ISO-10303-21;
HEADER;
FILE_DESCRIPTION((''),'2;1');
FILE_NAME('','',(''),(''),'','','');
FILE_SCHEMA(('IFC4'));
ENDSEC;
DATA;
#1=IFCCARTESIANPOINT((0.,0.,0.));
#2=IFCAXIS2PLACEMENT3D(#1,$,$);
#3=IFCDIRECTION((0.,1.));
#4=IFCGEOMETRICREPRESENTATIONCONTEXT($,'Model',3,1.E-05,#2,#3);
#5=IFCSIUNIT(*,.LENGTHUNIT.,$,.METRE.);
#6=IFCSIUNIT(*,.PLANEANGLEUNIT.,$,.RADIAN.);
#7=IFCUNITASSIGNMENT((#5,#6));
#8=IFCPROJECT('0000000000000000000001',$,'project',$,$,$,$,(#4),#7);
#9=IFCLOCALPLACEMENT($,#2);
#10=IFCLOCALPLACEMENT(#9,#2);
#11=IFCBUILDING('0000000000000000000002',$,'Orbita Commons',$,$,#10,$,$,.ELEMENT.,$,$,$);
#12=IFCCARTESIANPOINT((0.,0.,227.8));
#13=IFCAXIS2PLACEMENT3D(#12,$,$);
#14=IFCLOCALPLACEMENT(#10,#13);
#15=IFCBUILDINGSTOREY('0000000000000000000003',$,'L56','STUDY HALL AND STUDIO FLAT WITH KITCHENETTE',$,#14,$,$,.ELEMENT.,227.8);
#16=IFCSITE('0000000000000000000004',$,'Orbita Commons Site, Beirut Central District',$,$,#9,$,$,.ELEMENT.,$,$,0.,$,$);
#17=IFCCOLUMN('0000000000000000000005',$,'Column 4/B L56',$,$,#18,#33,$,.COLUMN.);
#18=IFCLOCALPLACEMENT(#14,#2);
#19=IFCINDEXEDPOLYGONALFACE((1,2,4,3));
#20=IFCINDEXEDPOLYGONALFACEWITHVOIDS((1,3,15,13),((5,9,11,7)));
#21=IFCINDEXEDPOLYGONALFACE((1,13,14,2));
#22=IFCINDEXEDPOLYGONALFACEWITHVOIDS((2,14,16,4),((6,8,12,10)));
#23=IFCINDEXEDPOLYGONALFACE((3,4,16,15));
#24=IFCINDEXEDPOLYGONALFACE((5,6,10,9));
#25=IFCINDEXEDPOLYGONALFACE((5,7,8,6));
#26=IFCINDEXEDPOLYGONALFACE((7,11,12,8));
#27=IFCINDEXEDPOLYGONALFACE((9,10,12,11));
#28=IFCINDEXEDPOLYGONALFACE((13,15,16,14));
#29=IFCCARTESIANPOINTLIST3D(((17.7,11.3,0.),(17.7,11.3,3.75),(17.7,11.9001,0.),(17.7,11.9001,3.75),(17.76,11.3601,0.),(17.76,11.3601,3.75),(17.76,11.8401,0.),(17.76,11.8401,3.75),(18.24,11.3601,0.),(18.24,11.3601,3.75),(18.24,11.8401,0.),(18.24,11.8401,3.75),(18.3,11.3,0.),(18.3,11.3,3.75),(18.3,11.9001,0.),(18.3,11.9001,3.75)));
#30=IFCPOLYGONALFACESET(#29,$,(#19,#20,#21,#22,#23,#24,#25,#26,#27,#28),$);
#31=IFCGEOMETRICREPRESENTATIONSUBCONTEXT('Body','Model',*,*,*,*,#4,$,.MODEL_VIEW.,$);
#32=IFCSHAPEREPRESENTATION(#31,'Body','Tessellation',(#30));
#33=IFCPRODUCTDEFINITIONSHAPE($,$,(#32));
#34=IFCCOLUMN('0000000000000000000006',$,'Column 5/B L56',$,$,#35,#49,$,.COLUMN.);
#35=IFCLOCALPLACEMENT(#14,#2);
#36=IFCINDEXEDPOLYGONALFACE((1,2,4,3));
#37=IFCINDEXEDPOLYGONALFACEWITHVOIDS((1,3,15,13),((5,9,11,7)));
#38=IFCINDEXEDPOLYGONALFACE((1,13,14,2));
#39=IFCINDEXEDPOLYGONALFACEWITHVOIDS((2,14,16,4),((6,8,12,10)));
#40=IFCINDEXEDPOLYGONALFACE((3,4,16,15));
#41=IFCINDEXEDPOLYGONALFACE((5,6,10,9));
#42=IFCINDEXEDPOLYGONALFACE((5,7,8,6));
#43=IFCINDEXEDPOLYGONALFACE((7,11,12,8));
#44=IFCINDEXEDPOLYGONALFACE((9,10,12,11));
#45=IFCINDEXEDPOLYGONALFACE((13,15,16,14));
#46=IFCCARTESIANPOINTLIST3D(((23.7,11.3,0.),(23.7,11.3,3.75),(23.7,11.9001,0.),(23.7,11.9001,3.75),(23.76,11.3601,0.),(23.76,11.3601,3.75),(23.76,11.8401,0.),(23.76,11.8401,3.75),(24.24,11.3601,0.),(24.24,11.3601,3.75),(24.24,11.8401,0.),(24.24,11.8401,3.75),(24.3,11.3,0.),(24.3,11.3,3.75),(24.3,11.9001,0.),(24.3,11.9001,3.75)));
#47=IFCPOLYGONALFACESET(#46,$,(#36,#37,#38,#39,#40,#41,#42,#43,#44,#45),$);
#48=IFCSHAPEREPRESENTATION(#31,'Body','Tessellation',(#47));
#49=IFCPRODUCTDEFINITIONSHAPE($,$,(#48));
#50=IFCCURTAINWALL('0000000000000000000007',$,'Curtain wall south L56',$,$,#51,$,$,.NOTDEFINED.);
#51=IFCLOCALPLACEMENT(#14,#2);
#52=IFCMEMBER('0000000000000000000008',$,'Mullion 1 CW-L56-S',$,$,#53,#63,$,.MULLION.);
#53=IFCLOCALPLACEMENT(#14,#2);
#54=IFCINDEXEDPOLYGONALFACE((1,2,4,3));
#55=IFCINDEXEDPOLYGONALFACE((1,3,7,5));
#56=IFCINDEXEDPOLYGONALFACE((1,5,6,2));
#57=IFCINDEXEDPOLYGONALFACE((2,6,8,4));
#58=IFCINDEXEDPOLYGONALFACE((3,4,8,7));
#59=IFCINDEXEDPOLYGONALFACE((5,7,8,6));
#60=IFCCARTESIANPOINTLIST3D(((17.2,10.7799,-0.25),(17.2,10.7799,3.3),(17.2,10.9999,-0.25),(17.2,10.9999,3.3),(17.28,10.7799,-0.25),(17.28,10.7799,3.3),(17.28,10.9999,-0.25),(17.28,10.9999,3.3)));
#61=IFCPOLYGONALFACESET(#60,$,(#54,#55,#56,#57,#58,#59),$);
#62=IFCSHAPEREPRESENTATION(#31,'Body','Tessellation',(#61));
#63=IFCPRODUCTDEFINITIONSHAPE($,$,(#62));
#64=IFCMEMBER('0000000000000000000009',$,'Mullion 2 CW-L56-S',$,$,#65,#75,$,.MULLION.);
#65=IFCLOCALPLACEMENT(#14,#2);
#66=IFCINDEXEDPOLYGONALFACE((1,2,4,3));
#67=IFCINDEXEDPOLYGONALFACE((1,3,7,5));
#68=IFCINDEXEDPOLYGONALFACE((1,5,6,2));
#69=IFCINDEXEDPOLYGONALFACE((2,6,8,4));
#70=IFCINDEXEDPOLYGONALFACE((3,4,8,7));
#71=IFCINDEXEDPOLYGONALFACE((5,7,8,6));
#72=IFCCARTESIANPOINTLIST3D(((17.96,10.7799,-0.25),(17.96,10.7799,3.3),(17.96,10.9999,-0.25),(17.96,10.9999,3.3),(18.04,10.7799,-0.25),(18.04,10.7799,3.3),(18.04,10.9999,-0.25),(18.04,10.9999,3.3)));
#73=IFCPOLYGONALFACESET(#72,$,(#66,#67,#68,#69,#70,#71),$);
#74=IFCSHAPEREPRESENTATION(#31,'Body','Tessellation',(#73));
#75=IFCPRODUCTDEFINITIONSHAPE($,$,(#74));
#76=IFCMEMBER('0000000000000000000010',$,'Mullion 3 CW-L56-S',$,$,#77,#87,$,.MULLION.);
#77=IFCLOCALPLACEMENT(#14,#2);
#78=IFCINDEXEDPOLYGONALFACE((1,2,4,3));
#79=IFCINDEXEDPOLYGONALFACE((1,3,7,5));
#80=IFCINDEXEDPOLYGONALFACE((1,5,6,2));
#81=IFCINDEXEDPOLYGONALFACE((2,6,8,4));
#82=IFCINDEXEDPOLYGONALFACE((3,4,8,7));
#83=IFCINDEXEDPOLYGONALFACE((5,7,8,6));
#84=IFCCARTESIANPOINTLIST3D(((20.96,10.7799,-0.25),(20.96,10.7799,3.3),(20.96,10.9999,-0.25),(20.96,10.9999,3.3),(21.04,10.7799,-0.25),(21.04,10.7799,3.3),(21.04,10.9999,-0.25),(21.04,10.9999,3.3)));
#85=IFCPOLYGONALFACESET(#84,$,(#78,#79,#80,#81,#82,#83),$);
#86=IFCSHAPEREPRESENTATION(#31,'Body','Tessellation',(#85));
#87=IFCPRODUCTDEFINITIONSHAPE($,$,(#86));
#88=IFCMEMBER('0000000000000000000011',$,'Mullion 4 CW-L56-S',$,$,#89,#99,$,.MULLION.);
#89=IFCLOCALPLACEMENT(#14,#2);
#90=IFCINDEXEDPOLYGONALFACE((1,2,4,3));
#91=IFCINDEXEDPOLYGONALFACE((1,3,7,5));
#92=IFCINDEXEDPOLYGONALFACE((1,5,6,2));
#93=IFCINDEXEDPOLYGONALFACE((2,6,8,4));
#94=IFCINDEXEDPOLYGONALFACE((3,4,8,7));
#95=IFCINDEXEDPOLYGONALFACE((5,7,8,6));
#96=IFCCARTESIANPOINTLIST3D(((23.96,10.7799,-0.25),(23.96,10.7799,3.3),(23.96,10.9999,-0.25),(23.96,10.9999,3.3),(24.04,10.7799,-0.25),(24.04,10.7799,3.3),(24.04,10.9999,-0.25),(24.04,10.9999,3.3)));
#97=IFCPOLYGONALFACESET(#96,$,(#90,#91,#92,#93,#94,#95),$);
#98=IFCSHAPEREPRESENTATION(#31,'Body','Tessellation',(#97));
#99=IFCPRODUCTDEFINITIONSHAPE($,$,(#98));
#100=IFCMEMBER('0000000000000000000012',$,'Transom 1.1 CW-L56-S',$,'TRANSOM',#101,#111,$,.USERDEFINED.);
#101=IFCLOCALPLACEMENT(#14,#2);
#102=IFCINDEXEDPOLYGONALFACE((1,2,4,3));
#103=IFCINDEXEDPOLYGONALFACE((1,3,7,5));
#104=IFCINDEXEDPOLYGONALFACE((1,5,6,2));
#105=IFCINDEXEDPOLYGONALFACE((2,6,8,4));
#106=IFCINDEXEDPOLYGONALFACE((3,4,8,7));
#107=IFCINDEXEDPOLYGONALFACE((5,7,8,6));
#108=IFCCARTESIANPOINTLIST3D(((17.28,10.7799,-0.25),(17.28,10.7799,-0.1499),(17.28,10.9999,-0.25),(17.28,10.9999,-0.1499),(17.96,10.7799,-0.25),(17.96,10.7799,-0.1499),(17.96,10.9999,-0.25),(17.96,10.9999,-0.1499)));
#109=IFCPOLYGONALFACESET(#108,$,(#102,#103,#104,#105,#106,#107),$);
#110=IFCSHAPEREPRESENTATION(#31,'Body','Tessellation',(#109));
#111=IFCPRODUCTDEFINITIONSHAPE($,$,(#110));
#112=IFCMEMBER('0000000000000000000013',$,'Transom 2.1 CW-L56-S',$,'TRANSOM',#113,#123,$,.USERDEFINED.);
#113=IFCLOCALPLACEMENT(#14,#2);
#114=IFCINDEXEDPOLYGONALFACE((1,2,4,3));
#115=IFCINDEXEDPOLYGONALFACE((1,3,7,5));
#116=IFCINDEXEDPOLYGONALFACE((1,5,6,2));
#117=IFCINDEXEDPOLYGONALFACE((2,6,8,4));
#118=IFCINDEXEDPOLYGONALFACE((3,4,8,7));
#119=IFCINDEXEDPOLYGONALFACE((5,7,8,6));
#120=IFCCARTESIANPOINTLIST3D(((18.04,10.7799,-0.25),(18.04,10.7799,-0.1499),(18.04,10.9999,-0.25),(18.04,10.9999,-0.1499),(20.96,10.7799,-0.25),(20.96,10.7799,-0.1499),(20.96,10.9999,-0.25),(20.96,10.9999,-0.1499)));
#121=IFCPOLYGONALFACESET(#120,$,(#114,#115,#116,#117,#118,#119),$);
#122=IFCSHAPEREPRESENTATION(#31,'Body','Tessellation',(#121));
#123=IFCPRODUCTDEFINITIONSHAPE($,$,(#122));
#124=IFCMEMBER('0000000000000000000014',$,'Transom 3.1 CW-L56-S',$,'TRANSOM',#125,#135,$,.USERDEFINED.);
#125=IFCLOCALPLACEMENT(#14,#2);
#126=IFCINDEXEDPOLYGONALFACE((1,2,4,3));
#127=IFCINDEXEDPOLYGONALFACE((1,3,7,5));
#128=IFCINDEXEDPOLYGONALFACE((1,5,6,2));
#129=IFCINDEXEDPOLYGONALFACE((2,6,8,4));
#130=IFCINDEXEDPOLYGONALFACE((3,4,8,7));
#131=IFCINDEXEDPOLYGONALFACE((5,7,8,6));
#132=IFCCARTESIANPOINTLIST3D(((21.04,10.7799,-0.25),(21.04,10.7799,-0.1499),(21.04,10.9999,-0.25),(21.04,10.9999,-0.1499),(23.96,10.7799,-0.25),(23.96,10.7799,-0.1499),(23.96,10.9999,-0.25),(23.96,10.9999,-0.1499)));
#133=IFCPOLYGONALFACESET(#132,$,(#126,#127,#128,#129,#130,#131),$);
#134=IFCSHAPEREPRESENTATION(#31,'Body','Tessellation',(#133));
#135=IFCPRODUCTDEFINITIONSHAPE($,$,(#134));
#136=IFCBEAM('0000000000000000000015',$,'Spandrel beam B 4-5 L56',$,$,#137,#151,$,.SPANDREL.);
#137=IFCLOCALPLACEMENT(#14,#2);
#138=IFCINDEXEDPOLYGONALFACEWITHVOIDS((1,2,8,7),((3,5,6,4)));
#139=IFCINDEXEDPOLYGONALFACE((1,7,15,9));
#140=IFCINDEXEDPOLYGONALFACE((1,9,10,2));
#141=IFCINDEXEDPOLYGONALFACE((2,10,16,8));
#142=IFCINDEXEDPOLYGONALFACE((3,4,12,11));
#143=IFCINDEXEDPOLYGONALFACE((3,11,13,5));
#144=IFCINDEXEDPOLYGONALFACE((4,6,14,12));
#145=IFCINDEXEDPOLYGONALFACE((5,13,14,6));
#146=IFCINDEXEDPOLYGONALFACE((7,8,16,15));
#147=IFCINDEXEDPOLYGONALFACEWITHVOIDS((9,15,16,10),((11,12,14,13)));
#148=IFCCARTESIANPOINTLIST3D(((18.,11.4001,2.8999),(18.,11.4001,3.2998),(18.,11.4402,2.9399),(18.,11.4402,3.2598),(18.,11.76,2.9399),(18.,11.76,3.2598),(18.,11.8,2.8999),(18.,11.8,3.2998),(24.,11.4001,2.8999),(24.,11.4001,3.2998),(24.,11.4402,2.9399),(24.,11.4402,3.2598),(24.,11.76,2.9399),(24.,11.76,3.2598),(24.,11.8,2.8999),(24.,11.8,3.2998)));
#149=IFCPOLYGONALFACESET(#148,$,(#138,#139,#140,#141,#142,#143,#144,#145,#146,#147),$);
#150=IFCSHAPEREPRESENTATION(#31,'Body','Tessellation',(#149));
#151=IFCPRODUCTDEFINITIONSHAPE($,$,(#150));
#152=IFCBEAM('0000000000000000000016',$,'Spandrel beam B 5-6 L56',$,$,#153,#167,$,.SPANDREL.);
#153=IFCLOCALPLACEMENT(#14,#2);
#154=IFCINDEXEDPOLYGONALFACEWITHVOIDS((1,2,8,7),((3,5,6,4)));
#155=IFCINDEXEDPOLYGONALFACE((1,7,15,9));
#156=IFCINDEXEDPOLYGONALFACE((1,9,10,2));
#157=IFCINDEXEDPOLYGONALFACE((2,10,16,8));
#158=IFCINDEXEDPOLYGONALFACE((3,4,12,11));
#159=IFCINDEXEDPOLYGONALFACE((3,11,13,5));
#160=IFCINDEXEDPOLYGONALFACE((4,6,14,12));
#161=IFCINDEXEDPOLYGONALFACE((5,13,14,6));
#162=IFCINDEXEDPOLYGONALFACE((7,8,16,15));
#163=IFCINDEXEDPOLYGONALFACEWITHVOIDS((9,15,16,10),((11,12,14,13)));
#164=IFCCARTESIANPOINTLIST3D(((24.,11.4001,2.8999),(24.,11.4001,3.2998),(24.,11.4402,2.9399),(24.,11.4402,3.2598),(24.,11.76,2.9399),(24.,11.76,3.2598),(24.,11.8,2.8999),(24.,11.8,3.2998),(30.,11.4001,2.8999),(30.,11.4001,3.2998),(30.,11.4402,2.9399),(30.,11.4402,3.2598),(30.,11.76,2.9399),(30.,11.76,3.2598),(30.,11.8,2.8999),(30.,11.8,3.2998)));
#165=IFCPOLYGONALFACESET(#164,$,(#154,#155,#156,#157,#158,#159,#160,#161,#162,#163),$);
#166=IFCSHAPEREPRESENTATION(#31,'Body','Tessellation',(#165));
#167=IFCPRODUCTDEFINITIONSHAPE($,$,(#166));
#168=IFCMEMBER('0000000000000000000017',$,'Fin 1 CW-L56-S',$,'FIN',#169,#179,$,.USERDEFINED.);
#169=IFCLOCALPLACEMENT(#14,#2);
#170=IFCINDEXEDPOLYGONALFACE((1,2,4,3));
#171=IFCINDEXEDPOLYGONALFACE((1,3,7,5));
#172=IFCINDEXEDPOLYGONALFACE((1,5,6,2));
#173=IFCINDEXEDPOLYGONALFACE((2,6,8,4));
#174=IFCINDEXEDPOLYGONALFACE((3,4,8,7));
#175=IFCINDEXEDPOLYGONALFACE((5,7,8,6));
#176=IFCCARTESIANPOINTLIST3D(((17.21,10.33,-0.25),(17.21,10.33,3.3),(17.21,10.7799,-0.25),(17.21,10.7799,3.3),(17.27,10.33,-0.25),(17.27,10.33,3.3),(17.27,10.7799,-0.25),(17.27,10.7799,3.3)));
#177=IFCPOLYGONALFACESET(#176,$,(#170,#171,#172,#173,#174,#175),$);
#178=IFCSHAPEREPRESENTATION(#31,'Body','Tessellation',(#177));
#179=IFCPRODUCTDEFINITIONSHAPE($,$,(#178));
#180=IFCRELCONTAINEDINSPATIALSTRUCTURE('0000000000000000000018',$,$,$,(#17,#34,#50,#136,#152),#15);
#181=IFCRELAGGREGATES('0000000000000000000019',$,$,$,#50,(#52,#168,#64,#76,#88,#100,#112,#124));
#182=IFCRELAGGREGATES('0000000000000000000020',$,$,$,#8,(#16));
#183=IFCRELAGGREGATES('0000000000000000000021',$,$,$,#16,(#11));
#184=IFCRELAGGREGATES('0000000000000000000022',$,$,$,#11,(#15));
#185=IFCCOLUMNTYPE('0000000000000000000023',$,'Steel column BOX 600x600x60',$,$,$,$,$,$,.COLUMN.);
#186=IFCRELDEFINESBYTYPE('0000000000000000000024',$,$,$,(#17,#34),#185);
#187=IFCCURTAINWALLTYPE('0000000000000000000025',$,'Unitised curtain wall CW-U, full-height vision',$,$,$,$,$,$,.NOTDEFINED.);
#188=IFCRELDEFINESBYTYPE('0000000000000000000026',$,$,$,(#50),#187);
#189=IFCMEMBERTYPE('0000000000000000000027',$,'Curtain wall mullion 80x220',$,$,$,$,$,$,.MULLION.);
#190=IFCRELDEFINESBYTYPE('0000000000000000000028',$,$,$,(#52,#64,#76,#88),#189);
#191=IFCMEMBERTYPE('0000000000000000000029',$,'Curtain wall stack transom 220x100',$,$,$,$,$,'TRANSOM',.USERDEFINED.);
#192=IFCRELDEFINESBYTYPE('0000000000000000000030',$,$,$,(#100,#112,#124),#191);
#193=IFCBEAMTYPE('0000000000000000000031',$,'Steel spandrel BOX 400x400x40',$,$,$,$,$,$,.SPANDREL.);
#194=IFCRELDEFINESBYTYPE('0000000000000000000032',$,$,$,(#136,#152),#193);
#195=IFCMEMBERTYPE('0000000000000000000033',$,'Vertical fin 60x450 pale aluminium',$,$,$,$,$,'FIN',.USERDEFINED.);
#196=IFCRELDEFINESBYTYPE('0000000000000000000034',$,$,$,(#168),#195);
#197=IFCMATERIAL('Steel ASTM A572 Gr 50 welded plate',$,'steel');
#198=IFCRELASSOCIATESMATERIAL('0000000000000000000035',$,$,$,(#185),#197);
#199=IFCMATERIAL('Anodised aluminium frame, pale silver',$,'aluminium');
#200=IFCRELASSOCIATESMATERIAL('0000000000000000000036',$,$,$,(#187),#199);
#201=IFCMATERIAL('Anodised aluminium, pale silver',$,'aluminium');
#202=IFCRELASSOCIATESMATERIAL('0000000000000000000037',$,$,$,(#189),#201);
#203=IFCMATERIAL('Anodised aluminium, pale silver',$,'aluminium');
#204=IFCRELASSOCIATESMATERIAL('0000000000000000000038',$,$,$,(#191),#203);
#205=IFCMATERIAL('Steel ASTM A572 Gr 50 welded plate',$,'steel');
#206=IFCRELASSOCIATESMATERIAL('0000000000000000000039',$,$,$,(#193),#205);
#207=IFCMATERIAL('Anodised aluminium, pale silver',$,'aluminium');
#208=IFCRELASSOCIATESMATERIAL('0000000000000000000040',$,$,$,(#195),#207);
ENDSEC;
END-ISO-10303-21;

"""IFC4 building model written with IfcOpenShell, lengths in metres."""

from ifc_helpers import new_model, si_unit, direction, frame, origin, origin_2d, place, context, subcontext, project, spatial, rectangle, hollow_rectangle, extrude, material, material_profile, profile_set, type_object, element, aggregate, save


model = new_model("IFC4")

# Units and contexts
model_context = context("Model", 3, precision=1e-05, world=origin(), true_north=direction((0.0, 1.0)))
body_context = subcontext(model_context, "Body", "Model", "MODEL_VIEW")
ifc_project = project(units=[si_unit("LENGTHUNIT", "METRE"), si_unit("PLANEANGLEUNIT", "RADIAN")], contexts=[model_context])

# Site, building, storey
site_placement = place(None, origin())
site = spatial("IfcSite", under=ifc_project, at=site_placement, Name="Orbita Commons Site, Beirut Central District", CompositionType="ELEMENT", RefElevation=0.0)
building_placement = place(site_placement, origin())
building = spatial("IfcBuilding", under=site, at=building_placement, Name="Orbita Commons", CompositionType="ELEMENT")
storey_placement = place(building_placement, frame((0.0, 0.0, 227.8)))
storey = spatial("IfcBuildingStorey", under=building, at=storey_placement, Name="L56", Description="STUDY HALL AND STUDIO FLAT WITH KITCHENETTE", CompositionType="ELEMENT", Elevation=227.8)

# Columns
ifc_material_1 = material(Name="Steel ASTM A572 Gr 50 welded plate", Category="steel")
ifc_material_profile_1 = material_profile(ifc_material_1, hollow_rectangle(XDim=0.6001, YDim=0.6001, WallThickness=0.0601, at=origin_2d()), Name="BOX 600x600x60")
ifc_profile_set_1 = profile_set([ifc_material_profile_1], Name="Steel ASTM A572 Gr 50 welded plate")
column_type = type_object("IfcColumnType", Name="Steel column BOX 600x600x60", PredefinedType="COLUMN", material=ifc_profile_set_1)
for number, where, z_axis, x_axis, name in (
    (1, (18.0, 11.6001, 0.0), (0.0, 0.0, 1.0), (1.0, 0.0, 0.0), "Column 4/B L56"),
    (2, (24.0, 11.6001, 0.0), (0.0, 0.0, 1.0), (1.0, 0.0, 0.0), "Column 5/B L56"),
):
    element("IfcColumn", number, at=place(storey_placement, frame(where, z_axis=z_axis, x_axis=x_axis)), inside=storey, type_object=column_type, Name=name, PredefinedType="COLUMN", context=body_context, shape_type="SweptSolid", body=[
        extrude(hollow_rectangle(XDim=0.6001, YDim=0.6001, WallThickness=0.0601, at=origin_2d()), origin(), (0.0, 0.0, 1.0), 3.75),
    ])

# Curtain wall, members
ifc_material_2 = material(Name="Anodised aluminium frame, pale silver", Category="aluminium")
curtain_wall_type = type_object("IfcCurtainWallType", Name="Unitised curtain wall CW-U, full-height vision", PredefinedType="NOTDEFINED", material=ifc_material_2)
curtain_wall_placement = place(storey_placement, origin())
curtain_wall = element("IfcCurtainWall", 3, at=curtain_wall_placement, inside=storey, type_object=curtain_wall_type, Name="Curtain wall south L56", PredefinedType="NOTDEFINED")
ifc_material_3 = material(Name="Anodised aluminium, pale silver", Category="aluminium")
ifc_material_profile_2 = material_profile(ifc_material_3, rectangle(XDim=0.0801, YDim=0.22, at=origin_2d()), Name="AL 80x220")
ifc_profile_set_2 = profile_set([ifc_material_profile_2], Name="Anodised aluminium, pale silver")
member_type_1 = type_object("IfcMemberType", Name="Curtain wall mullion 80x220", PredefinedType="MULLION", material=ifc_profile_set_2)
member_1_placement = place(storey_placement, frame((17.24, 10.8899, -0.25), z_axis=(0.0, 0.0, 1.0), x_axis=(1.0, 0.0, 0.0)))
member_1 = element("IfcMember", 4, at=member_1_placement, type_object=member_type_1, Name="Mullion 1 CW-L56-S", PredefinedType="MULLION", context=body_context, shape_type="SweptSolid", body=[
    extrude(rectangle(XDim=0.0801, YDim=0.22, at=origin_2d()), origin(), (0.0, 0.0, 1.0), 3.55),
])
member_2_placement = place(storey_placement, frame((18.0, 10.8899, -0.25), z_axis=(0.0, 0.0, 1.0), x_axis=(1.0, 0.0, 0.0)))
member_2 = element("IfcMember", 5, at=member_2_placement, type_object=member_type_1, Name="Mullion 2 CW-L56-S", PredefinedType="MULLION", context=body_context, shape_type="SweptSolid", body=[
    extrude(rectangle(XDim=0.0801, YDim=0.22, at=origin_2d()), origin(), (0.0, 0.0, 1.0), 3.55),
])
member_3_placement = place(storey_placement, frame((21.0, 10.8899, -0.25), z_axis=(0.0, 0.0, 1.0), x_axis=(1.0, 0.0, 0.0)))
member_3 = element("IfcMember", 6, at=member_3_placement, type_object=member_type_1, Name="Mullion 3 CW-L56-S", PredefinedType="MULLION", context=body_context, shape_type="SweptSolid", body=[
    extrude(rectangle(XDim=0.0801, YDim=0.22, at=origin_2d()), origin(), (0.0, 0.0, 1.0), 3.55),
])
member_4_placement = place(storey_placement, frame((24.0, 10.8899, -0.25), z_axis=(0.0, 0.0, 1.0), x_axis=(1.0, 0.0, 0.0)))
member_4 = element("IfcMember", 7, at=member_4_placement, type_object=member_type_1, Name="Mullion 4 CW-L56-S", PredefinedType="MULLION", context=body_context, shape_type="SweptSolid", body=[
    extrude(rectangle(XDim=0.0801, YDim=0.22, at=origin_2d()), origin(), (0.0, 0.0, 1.0), 3.55),
])
ifc_material_4 = material(Name="Anodised aluminium, pale silver", Category="aluminium")
ifc_material_profile_3 = material_profile(ifc_material_4, rectangle(XDim=0.22, YDim=0.1001, at=origin_2d()), Name="AL 220x100")
ifc_profile_set_3 = profile_set([ifc_material_profile_3], Name="Anodised aluminium, pale silver")
member_type_2 = type_object("IfcMemberType", Name="Curtain wall stack transom 220x100", ElementType="TRANSOM", PredefinedType="USERDEFINED", material=ifc_profile_set_3)
member_5_placement = place(storey_placement, frame((17.28, 10.8899, -0.2), z_axis=(1.0, 0.0, 0.0), x_axis=(0.0, 1.0, 0.0)))
member_5 = element("IfcMember", 8, at=member_5_placement, type_object=member_type_2, Name="Transom 1.1 CW-L56-S", ObjectType="TRANSOM", PredefinedType="USERDEFINED", context=body_context, shape_type="SweptSolid", body=[
    extrude(rectangle(XDim=0.22, YDim=0.1001, at=origin_2d()), origin(), (0.0, 0.0, 1.0), 0.6799),
])
member_6_placement = place(storey_placement, frame((18.04, 10.8899, -0.2), z_axis=(1.0, 0.0, 0.0), x_axis=(0.0, 1.0, 0.0)))
member_6 = element("IfcMember", 9, at=member_6_placement, type_object=member_type_2, Name="Transom 2.1 CW-L56-S", ObjectType="TRANSOM", PredefinedType="USERDEFINED", context=body_context, shape_type="SweptSolid", body=[
    extrude(rectangle(XDim=0.22, YDim=0.1001, at=origin_2d()), origin(), (0.0, 0.0, 1.0), 2.9199),
])
member_7_placement = place(storey_placement, frame((21.04, 10.8899, -0.2), z_axis=(1.0, 0.0, 0.0), x_axis=(0.0, 1.0, 0.0)))
member_7 = element("IfcMember", 10, at=member_7_placement, type_object=member_type_2, Name="Transom 3.1 CW-L56-S", ObjectType="TRANSOM", PredefinedType="USERDEFINED", context=body_context, shape_type="SweptSolid", body=[
    extrude(rectangle(XDim=0.22, YDim=0.1001, at=origin_2d()), origin(), (0.0, 0.0, 1.0), 2.9199),
])

# Beams
ifc_material_5 = material(Name="Steel ASTM A572 Gr 50 welded plate", Category="steel")
ifc_material_profile_4 = material_profile(ifc_material_5, hollow_rectangle(XDim=0.3999, YDim=0.3999, WallThickness=0.04, at=origin_2d()), Name="BOX 400x400x40")
ifc_profile_set_4 = profile_set([ifc_material_profile_4], Name="Steel ASTM A572 Gr 50 welded plate")
beam_type = type_object("IfcBeamType", Name="Steel spandrel BOX 400x400x40", PredefinedType="SPANDREL", material=ifc_profile_set_4)
for number, where, z_axis, x_axis, name in (
    (11, (18.0, 11.6001, 3.0999), (1.0, 0.0, 0.0), (0.0, 1.0, 0.0), "Spandrel beam B 4-5 L56"),
    (12, (24.0, 11.6001, 3.0999), (1.0, 0.0, 0.0), (0.0, 1.0, 0.0), "Spandrel beam B 5-6 L56"),
):
    element("IfcBeam", number, at=place(storey_placement, frame(where, z_axis=z_axis, x_axis=x_axis)), inside=storey, type_object=beam_type, Name=name, PredefinedType="SPANDREL", context=body_context, shape_type="SweptSolid", body=[
        extrude(hollow_rectangle(XDim=0.3999, YDim=0.3999, WallThickness=0.04, at=origin_2d()), origin(), (0.0, 0.0, 1.0), 6.0),
    ])

# Member
ifc_material_6 = material(Name="Anodised aluminium, pale silver", Category="aluminium")
ifc_material_profile_5 = material_profile(ifc_material_6, rectangle(XDim=0.0601, YDim=0.45, at=origin_2d()), Name="FIN 60x450")
ifc_profile_set_5 = profile_set([ifc_material_profile_5], Name="Anodised aluminium, pale silver")
member_type_3 = type_object("IfcMemberType", Name="Vertical fin 60x450 pale aluminium", ElementType="FIN", PredefinedType="USERDEFINED", material=ifc_profile_set_5)
member_8_placement = place(storey_placement, frame((17.24, 10.5549, -0.25), z_axis=(0.0, 0.0, 1.0), x_axis=(1.0, 0.0, 0.0)))
member_8 = element("IfcMember", 13, at=member_8_placement, type_object=member_type_3, Name="Fin 1 CW-L56-S", ObjectType="FIN", PredefinedType="USERDEFINED", context=body_context, shape_type="SweptSolid", body=[
    extrude(rectangle(XDim=0.0601, YDim=0.45, at=origin_2d()), origin(), (0.0, 0.0, 1.0), 3.55),
])

aggregate(curtain_wall, [member_1, member_8, member_2, member_3, member_4, member_5, member_6, member_7])

save(model, "model.ifc")
